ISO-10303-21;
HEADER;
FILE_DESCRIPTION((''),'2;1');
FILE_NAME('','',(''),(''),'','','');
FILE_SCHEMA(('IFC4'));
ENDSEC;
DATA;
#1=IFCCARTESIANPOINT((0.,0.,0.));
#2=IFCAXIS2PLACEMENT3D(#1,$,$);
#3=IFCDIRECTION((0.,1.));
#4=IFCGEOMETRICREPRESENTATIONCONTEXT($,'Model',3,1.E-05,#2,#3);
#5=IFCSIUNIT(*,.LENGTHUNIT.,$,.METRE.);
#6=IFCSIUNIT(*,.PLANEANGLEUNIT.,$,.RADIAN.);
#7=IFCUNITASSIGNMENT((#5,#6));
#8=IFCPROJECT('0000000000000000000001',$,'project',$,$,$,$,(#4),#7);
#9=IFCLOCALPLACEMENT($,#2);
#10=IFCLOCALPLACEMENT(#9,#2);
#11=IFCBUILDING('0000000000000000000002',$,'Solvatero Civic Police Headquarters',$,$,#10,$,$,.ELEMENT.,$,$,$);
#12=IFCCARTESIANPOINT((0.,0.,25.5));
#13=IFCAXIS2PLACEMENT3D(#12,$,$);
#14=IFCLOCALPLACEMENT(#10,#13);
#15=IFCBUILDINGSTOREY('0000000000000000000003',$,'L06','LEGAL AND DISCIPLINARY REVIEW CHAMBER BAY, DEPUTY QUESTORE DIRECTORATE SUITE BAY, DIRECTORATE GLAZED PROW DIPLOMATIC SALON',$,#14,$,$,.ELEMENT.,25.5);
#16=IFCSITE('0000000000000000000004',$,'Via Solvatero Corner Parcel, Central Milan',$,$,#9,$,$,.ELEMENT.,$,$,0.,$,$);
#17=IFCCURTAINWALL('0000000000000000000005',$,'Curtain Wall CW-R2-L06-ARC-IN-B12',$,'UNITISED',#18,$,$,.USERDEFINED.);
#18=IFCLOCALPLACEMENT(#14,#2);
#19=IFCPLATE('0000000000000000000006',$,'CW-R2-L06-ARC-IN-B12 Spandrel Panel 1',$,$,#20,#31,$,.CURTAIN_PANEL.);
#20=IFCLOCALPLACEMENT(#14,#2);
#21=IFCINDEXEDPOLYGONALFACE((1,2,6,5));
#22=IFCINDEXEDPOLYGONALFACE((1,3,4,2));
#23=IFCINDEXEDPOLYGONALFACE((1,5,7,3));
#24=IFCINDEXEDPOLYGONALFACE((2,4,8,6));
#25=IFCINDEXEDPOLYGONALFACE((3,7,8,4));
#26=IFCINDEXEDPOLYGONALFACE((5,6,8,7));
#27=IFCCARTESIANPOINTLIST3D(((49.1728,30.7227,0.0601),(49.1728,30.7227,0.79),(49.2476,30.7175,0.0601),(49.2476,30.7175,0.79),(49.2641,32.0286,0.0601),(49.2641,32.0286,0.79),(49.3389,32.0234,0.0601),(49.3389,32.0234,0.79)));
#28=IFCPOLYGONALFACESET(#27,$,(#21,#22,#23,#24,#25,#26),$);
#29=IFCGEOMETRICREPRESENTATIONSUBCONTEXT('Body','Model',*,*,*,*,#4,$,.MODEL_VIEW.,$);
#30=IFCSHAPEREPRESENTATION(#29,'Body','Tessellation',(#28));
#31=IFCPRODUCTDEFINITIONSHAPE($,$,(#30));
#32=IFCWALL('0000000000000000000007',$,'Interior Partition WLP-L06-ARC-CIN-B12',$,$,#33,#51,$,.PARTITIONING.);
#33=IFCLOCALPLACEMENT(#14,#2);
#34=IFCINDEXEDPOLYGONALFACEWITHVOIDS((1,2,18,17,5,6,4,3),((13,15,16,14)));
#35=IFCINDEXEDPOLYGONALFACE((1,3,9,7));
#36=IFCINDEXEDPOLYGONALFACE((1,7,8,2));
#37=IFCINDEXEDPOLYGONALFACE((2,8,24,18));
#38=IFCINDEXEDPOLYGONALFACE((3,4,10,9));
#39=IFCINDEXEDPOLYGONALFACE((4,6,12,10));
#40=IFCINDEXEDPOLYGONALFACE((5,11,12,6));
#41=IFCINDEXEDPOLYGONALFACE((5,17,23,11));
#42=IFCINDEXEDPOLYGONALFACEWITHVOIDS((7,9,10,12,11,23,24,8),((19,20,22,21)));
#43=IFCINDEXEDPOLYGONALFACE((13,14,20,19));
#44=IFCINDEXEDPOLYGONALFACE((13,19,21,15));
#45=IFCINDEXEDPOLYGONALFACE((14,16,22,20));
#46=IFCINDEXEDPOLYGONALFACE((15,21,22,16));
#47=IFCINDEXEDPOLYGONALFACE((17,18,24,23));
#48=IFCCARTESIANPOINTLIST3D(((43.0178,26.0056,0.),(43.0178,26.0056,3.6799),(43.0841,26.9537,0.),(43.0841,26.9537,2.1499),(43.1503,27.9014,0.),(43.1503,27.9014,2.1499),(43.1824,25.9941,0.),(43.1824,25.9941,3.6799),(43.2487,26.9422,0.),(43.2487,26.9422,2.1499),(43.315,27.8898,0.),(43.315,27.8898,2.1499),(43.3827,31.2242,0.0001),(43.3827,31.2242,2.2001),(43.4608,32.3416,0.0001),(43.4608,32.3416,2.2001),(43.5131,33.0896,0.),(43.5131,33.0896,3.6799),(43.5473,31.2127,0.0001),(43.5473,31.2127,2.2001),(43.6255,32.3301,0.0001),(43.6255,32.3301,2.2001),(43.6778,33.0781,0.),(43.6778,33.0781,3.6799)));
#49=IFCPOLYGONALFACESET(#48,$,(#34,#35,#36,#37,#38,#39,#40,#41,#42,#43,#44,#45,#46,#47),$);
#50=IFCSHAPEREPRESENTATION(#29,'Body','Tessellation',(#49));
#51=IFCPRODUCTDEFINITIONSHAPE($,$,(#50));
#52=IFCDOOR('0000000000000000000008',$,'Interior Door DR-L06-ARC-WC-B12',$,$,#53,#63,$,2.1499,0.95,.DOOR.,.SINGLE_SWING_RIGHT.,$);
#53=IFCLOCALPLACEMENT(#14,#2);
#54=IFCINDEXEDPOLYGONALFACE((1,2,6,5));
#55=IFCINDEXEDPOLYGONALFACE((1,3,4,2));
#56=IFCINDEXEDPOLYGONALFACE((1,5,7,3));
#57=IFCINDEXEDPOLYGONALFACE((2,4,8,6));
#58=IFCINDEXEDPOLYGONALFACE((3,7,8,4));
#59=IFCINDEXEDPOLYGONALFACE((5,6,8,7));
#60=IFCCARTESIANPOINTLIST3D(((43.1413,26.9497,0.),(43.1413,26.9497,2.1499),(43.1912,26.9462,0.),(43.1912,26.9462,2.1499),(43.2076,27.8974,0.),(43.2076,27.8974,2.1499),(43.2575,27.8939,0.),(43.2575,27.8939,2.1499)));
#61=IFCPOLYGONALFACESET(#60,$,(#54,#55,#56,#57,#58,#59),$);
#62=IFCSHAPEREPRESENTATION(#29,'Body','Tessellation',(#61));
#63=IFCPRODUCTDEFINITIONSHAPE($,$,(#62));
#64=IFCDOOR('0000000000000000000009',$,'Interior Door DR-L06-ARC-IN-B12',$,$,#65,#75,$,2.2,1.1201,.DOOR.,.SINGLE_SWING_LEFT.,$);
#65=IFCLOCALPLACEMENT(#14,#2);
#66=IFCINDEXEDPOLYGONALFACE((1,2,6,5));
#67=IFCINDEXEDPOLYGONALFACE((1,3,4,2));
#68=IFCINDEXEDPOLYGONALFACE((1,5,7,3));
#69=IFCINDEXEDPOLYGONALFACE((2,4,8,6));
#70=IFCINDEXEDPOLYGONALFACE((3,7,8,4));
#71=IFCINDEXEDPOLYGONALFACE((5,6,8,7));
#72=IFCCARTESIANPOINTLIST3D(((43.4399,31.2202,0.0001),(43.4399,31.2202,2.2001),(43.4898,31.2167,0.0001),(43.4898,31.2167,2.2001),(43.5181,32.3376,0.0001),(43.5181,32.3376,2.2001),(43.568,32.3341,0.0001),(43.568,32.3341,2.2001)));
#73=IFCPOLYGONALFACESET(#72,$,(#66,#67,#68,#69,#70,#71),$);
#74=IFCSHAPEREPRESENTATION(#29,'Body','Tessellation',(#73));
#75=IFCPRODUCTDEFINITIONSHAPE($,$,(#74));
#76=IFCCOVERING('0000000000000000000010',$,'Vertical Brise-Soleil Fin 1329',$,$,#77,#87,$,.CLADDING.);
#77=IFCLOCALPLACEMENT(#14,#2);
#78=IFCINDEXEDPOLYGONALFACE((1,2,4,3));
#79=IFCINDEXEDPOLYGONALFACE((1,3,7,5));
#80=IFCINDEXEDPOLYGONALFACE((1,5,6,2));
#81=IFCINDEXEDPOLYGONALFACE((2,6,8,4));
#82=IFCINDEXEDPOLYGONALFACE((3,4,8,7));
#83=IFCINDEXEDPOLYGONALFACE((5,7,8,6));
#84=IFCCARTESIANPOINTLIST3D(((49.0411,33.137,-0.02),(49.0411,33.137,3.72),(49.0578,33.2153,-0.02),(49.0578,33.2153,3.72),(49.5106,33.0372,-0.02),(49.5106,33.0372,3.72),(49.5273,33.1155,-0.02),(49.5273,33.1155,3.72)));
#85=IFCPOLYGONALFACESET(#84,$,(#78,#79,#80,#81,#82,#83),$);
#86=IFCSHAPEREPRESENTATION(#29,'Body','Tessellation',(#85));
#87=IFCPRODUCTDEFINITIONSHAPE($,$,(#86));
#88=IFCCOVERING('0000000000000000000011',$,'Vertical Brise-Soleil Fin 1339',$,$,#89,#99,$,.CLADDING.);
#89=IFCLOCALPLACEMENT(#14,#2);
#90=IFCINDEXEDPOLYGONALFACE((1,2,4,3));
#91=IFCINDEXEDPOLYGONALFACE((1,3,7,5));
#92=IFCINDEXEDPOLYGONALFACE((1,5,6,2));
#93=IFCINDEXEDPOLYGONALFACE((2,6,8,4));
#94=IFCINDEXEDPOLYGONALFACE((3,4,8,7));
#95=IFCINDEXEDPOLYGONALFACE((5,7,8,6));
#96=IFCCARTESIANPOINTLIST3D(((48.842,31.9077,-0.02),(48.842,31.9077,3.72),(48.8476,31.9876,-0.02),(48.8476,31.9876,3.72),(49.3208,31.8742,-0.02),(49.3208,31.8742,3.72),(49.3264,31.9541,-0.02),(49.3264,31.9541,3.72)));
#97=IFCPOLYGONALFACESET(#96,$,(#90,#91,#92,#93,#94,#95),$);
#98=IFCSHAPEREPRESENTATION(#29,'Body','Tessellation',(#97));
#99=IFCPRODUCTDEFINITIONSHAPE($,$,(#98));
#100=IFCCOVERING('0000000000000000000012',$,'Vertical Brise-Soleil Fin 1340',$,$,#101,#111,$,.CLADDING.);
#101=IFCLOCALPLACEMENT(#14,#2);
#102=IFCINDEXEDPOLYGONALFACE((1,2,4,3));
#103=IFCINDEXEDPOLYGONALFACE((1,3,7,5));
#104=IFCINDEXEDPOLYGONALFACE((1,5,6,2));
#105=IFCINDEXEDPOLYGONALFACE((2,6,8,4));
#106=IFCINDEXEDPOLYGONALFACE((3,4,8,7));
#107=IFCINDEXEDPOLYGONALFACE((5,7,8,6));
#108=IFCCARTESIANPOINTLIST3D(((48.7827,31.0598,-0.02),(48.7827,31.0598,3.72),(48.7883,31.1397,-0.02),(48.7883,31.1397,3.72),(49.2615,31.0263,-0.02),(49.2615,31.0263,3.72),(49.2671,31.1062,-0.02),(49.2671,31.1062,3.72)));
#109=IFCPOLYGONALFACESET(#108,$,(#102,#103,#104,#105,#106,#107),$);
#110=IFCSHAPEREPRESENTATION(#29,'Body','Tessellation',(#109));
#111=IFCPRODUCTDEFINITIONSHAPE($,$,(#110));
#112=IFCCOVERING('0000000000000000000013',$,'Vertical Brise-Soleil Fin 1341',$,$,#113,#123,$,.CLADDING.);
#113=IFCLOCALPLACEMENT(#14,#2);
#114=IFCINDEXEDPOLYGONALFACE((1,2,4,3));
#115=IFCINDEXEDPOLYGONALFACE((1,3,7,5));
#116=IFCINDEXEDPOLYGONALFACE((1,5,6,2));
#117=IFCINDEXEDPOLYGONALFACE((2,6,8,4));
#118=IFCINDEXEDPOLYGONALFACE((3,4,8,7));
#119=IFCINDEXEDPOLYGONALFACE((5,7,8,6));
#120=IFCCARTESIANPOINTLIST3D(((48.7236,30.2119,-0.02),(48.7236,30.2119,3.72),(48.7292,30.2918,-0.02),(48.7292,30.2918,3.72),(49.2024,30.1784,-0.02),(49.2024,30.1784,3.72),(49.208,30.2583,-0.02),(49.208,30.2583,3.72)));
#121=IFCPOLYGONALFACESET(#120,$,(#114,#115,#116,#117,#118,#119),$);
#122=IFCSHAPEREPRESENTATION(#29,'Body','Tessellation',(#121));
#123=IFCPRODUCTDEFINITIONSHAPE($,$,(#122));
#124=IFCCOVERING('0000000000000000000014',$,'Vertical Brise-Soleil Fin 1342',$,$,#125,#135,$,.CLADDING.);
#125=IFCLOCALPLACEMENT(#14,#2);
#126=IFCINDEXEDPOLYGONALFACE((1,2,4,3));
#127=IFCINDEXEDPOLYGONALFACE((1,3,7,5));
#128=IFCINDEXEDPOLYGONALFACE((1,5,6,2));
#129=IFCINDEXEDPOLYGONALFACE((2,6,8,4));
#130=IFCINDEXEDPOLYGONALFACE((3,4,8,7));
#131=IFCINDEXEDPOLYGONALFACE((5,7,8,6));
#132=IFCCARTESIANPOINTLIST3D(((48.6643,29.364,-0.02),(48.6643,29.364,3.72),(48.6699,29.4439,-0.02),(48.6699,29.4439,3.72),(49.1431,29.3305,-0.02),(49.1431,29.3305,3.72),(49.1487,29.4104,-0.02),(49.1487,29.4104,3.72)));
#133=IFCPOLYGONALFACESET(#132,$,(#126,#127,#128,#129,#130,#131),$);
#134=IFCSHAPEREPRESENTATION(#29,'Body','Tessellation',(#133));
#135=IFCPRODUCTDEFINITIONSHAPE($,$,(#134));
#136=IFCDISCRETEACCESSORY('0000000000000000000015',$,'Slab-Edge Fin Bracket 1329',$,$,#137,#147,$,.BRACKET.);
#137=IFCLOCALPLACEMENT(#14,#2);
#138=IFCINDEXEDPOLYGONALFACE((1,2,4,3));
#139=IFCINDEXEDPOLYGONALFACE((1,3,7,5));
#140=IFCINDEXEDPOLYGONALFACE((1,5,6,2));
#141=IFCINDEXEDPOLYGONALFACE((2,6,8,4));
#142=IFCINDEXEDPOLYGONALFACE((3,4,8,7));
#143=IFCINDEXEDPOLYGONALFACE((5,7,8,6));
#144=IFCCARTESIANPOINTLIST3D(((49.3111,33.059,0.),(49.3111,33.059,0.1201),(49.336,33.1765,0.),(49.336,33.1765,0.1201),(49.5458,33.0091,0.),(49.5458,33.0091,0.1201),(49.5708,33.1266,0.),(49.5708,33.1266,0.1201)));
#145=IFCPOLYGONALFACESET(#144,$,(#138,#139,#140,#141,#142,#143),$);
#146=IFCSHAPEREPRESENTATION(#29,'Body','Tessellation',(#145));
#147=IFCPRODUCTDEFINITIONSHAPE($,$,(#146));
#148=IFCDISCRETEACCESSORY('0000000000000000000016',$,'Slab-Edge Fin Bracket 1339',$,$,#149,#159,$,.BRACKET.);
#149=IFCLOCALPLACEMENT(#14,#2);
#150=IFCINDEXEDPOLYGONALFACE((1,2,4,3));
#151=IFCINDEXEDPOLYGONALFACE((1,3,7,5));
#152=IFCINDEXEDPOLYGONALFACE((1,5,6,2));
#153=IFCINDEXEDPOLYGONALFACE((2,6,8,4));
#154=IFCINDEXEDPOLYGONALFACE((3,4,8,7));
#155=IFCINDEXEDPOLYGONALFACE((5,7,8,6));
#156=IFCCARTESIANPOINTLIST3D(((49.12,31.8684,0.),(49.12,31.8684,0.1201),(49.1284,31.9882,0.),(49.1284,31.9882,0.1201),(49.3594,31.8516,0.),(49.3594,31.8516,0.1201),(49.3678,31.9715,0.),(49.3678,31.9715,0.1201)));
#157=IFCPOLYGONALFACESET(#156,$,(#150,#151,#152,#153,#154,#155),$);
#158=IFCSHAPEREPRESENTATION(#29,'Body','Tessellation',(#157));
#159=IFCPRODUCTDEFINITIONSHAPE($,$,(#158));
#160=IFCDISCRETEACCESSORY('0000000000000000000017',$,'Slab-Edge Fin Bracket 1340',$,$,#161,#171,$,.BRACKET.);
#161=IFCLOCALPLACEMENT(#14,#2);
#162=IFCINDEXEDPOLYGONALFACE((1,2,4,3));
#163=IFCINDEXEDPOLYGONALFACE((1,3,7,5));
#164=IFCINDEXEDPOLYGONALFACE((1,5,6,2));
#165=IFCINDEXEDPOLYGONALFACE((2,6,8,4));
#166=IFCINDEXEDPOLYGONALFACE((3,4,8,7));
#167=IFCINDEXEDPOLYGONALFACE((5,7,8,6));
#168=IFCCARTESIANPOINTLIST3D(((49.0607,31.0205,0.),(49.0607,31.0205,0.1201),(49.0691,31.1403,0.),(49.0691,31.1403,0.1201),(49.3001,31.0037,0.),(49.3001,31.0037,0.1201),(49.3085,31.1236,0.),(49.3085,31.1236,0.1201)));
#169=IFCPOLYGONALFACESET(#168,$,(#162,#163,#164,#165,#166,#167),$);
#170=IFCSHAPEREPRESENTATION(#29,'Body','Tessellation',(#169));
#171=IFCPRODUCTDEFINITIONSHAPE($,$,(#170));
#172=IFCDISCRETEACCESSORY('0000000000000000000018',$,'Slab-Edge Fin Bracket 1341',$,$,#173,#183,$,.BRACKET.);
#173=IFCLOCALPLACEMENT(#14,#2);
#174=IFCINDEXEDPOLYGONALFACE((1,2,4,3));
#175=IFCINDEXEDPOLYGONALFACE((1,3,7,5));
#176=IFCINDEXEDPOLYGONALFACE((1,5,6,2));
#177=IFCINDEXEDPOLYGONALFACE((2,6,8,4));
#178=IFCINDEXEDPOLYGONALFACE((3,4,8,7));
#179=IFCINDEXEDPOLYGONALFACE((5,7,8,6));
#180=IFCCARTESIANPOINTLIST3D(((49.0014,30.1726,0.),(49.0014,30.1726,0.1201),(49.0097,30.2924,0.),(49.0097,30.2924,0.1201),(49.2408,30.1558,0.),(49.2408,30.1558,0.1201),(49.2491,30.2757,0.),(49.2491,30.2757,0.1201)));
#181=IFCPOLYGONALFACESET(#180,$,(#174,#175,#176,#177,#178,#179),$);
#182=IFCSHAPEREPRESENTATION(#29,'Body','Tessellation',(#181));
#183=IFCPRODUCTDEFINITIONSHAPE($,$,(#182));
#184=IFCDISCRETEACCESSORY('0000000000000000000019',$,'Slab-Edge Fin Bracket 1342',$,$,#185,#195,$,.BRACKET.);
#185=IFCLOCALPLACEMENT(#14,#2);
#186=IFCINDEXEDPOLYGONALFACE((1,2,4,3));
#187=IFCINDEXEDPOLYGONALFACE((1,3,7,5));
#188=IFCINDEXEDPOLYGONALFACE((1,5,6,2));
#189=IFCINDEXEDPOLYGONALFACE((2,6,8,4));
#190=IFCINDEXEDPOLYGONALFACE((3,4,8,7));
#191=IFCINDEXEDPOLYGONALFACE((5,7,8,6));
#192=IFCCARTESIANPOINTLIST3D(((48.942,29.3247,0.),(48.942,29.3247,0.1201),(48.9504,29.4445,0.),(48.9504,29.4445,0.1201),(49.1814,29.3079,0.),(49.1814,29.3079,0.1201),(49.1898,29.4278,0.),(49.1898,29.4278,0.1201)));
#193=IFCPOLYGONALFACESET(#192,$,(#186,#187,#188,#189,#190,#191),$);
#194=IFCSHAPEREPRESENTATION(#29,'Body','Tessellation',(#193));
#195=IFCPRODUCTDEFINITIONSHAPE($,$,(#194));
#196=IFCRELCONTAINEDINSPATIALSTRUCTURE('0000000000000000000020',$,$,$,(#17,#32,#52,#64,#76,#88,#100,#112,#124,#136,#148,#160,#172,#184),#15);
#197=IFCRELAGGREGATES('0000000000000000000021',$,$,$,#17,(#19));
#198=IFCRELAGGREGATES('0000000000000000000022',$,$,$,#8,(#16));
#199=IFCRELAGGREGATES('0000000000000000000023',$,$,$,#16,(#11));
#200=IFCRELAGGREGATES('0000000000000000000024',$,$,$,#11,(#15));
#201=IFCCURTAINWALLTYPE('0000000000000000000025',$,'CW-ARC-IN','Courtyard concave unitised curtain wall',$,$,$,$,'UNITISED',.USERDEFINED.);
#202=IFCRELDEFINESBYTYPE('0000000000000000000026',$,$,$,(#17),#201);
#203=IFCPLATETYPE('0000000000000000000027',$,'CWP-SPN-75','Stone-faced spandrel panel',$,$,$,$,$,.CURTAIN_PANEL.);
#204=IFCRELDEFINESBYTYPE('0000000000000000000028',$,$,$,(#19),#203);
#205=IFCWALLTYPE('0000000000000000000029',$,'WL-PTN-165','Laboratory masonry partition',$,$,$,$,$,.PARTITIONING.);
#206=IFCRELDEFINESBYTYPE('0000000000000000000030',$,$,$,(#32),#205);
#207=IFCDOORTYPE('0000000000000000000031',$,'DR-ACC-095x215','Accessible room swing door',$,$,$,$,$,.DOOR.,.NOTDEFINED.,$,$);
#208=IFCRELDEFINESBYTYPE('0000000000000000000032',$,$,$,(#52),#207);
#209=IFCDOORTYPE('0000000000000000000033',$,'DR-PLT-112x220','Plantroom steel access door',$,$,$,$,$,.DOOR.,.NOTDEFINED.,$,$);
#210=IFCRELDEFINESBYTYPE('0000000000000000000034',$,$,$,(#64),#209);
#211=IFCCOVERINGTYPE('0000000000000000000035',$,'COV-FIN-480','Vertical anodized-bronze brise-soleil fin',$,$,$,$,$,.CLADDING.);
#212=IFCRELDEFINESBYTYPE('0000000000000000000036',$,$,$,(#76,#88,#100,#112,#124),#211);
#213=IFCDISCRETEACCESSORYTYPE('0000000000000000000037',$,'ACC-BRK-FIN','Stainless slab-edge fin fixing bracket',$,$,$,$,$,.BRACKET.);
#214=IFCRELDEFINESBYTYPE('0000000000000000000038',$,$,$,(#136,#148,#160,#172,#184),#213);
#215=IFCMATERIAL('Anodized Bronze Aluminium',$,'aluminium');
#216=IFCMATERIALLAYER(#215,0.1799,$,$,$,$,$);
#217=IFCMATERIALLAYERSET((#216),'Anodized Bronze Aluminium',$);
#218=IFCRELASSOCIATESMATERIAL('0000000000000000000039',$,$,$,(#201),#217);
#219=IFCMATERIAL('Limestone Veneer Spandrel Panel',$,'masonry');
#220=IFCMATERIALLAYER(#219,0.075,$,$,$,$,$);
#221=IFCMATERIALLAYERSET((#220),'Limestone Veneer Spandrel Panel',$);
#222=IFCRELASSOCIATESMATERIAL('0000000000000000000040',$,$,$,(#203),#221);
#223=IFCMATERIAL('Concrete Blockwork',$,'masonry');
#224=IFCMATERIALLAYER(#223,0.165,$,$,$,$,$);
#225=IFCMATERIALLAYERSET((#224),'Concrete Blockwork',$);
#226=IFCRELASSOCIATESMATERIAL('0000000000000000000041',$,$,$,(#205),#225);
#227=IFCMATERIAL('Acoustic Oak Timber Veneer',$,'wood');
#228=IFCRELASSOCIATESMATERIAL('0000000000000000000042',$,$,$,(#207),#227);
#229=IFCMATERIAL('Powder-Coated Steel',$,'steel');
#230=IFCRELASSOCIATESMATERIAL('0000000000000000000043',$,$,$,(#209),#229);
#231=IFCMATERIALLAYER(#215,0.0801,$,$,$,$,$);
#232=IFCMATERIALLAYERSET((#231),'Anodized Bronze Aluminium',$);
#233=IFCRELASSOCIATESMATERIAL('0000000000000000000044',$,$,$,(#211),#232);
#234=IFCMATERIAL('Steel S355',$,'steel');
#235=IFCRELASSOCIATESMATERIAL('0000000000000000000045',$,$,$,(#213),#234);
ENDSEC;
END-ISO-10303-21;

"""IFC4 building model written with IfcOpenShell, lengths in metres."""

from ifc_helpers import new_model, si_unit, direction, frame, frame_2d, origin, origin_2d, place, context, subcontext, project, spatial, rectangle, extrude, material, layer, layer_set, type_object, element, fill, aggregate, save


model = new_model("IFC4")

# Units and contexts
model_context = context("Model", 3, precision=1e-05, world=origin(), true_north=direction((0.0, 1.0)))
body_context = subcontext(model_context, "Body", "Model", "MODEL_VIEW")
ifc_project = project(units=[si_unit("LENGTHUNIT", "METRE"), si_unit("PLANEANGLEUNIT", "RADIAN")], contexts=[model_context])

# Site, building, storey
site_placement = place(None, origin())
site = spatial("IfcSite", under=ifc_project, at=site_placement, Name="Via Solvatero Corner Parcel, Central Milan", CompositionType="ELEMENT", RefElevation=0.0)
building_placement = place(site_placement, origin())
building = spatial("IfcBuilding", under=site, at=building_placement, Name="Solvatero Civic Police Headquarters", CompositionType="ELEMENT")
storey_placement = place(building_placement, frame((0.0, 0.0, 25.5)))
storey = spatial("IfcBuildingStorey", under=building, at=storey_placement, Name="L06", Description="LEGAL AND DISCIPLINARY REVIEW CHAMBER BAY, DEPUTY QUESTORE DIRECTORATE SUITE BAY, DIRECTORATE GLAZED PROW DIPLOMATIC SALON", CompositionType="ELEMENT", Elevation=25.5)

# Shared definitions
ifc_material_1 = material(Name="Steel S355", Category="steel")

# Shared definitions
ifc_material_2 = material(Name="Anodized Bronze Aluminium", Category="aluminium")
ifc_layer_1 = layer(ifc_material_2, 0.1799)
ifc_layer_set_1 = layer_set([ifc_layer_1], Name="Anodized Bronze Aluminium")
curtain_wall_type = type_object("IfcCurtainWallType", Name="CW-ARC-IN", Description="Courtyard concave unitised curtain wall", ElementType="UNITISED", PredefinedType="USERDEFINED", material=ifc_layer_set_1)

# Curtain wall, plate
curtain_wall_1_placement = place(storey_placement, origin())
curtain_wall_1 = element("IfcCurtainWall", 1, at=curtain_wall_1_placement, inside=storey, type_object=curtain_wall_type, Name="Curtain Wall CW-R2-L06-ARC-IN-B12", ObjectType="UNITISED", PredefinedType="USERDEFINED")
ifc_material_3 = material(Name="Limestone Veneer Spandrel Panel", Category="masonry")
ifc_layer_2 = layer(ifc_material_3, 0.075)
ifc_layer_set_2 = layer_set([ifc_layer_2], Name="Limestone Veneer Spandrel Panel")
plate_type_1 = type_object("IfcPlateType", Name="CWP-SPN-75", Description="Stone-faced spandrel panel", PredefinedType="CURTAIN_PANEL", material=ifc_layer_set_2)
plate_1_placement = place(storey_placement, frame((49.2559, 31.373, 0.0601), z_axis=(0.0, 0.0, 1.0), x_axis=(-0.069774, -0.997563, 0.0)))
plate_1 = element("IfcPlate", 2, at=plate_1_placement, type_object=plate_type_1, Name="CW-R2-L06-ARC-IN-B12 Spandrel Panel 1", PredefinedType="CURTAIN_PANEL", context=body_context, shape_type="SweptSolid", body=[
    extrude(rectangle(XDim=1.3091, YDim=0.075, at=origin_2d()), origin(), (0.0, 0.0, 1.0), 0.73),
])
aggregate(curtain_wall_1, [plate_1])

# Wall, openings, doors
ifc_material_4 = material(Name="Concrete Blockwork", Category="masonry")
ifc_layer_3 = layer(ifc_material_4, 0.165)
ifc_layer_set_3 = layer_set([ifc_layer_3], Name="Concrete Blockwork")
wall_type = type_object("IfcWallType", Name="WL-PTN-165", Description="Laboratory masonry partition", PredefinedType="PARTITIONING", material=ifc_layer_set_3)
wall_placement = place(storey_placement, frame((43.5955, 33.084, 0.0), z_axis=(0.0, 0.0, 1.0), x_axis=(-0.069757, -0.997564, 0.0)))
wall = element("IfcWall", 3, at=wall_placement, inside=storey, type_object=wall_type, Name="Interior Partition WLP-L06-ARC-CIN-B12", PredefinedType="PARTITIONING", context=body_context, shape_type="SweptSolid", body=[
    extrude(rectangle(XDim=7.1013, YDim=0.165, at=frame_2d((3.5508, 0.0))), origin(), (0.0, 0.0, 1.0), 3.6799),
])
opening_1_placement = place(wall_placement, frame((5.2009, 0.0, 0.0)))
opening_1 = element("IfcOpeningElement", 4, at=opening_1_placement, cuts=wall, PredefinedType="OPENING", context=body_context, shape_type="SweptSolid", body=[
    extrude(rectangle(XDim=0.95, YDim=2.1499, at=frame_2d((0.4751, 1.075))), frame((0.0, 0.0925, 0.0), z_axis=(0.0, -1.0, 0.0), x_axis=(1.0, 0.0, 0.0)), (0.0, 0.0, 1.0), 0.1851),
])
opening_2_placement = place(wall_placement, frame((0.75, 0.0, 0.0)))
opening_2 = element("IfcOpeningElement", 5, at=opening_2_placement, cuts=wall, PredefinedType="OPENING", context=body_context, shape_type="SweptSolid", body=[
    extrude(rectangle(XDim=1.1201, YDim=2.2, at=frame_2d((0.5601, 1.1001))), frame((0.0, 0.0925, 0.0), z_axis=(0.0, -1.0, 0.0), x_axis=(1.0, 0.0, 0.0)), (0.0, 0.0, 1.0), 0.1851),
])
ifc_material_5 = material(Name="Acoustic Oak Timber Veneer", Category="wood")
door_type_1 = type_object("IfcDoorType", Name="DR-ACC-095x215", Description="Accessible room swing door", OperationType="NOTDEFINED", PredefinedType="DOOR", material=ifc_material_5)
door_1_placement = place(opening_1_placement, origin())
door_1 = element("IfcDoor", 6, at=door_1_placement, inside=storey, type_object=door_type_1, Name="Interior Door DR-L06-ARC-WC-B12", OperationType="SINGLE_SWING_RIGHT", OverallHeight=2.1499, OverallWidth=0.95, PredefinedType="DOOR", context=body_context, shape_type="SweptSolid", body=[
    extrude(rectangle(XDim=0.95, YDim=2.1499, at=frame_2d((0.4751, 1.075))), frame((0.0, 0.0249, 0.0), z_axis=(0.0, -1.0, 0.0), x_axis=(1.0, 0.0, 0.0)), (0.0, 0.0, 1.0), 0.05),
])
fill(opening_1, door_1)
ifc_material_6 = material(Name="Powder-Coated Steel", Category="steel")
door_type_2 = type_object("IfcDoorType", Name="DR-PLT-112x220", Description="Plantroom steel access door", OperationType="NOTDEFINED", PredefinedType="DOOR", material=ifc_material_6)
door_2_placement = place(opening_2_placement, origin())
door_2 = element("IfcDoor", 7, at=door_2_placement, inside=storey, type_object=door_type_2, Name="Interior Door DR-L06-ARC-IN-B12", OperationType="SINGLE_SWING_LEFT", OverallHeight=2.2, OverallWidth=1.1201, PredefinedType="DOOR", context=body_context, shape_type="SweptSolid", body=[
    extrude(rectangle(XDim=1.1201, YDim=2.2, at=frame_2d((0.5601, 1.1001))), frame((0.0, 0.0249, 0.0), z_axis=(0.0, -1.0, 0.0), x_axis=(1.0, 0.0, 0.0)), (0.0, 0.0, 1.0), 0.05),
])
fill(opening_2, door_2)

# Coverings
ifc_layer_4 = layer(ifc_material_2, 0.0801)
ifc_layer_set_4 = layer_set([ifc_layer_4], Name="Anodized Bronze Aluminium")
covering_type = type_object("IfcCoveringType", Name="COV-FIN-480", Description="Vertical anodized-bronze brise-soleil fin", PredefinedType="CLADDING", material=ifc_layer_set_4)
for number, where, z_axis, x_axis, name in (
    (8, (49.2842, 33.1262, -0.02), (0.0, 0.0, 1.0), (-0.207912, -0.978148, 0.0), "Vertical Brise-Soleil Fin 1329"),
    (9, (49.0842, 31.9309, -0.02), (0.0, 0.0, 1.0), (-0.069774, -0.997563, 0.0), "Vertical Brise-Soleil Fin 1339"),
    (10, (49.0249, 31.083, -0.02), (0.0, 0.0, 1.0), (-0.069774, -0.997563, 0.0), "Vertical Brise-Soleil Fin 1340"),
    (11, (48.9658, 30.2351, -0.02), (0.0, 0.0, 1.0), (-0.069774, -0.997563, 0.0), "Vertical Brise-Soleil Fin 1341"),
    (12, (48.9065, 29.3872, -0.02), (0.0, 0.0, 1.0), (-0.069774, -0.997563, 0.0), "Vertical Brise-Soleil Fin 1342"),
):
    element("IfcCovering", number, at=place(storey_placement, frame(where, z_axis=z_axis, x_axis=x_axis)), inside=storey, type_object=covering_type, Name=name, PredefinedType="CLADDING", context=body_context, shape_type="SweptSolid", body=[
        extrude(rectangle(XDim=0.0801, YDim=0.48, at=origin_2d()), origin(), (0.0, 0.0, 1.0), 3.74),
    ])

# Discrete accessories
discrete_accessory_type = type_object("IfcDiscreteAccessoryType", Name="ACC-BRK-FIN", Description="Stainless slab-edge fin fixing bracket", PredefinedType="BRACKET", material=ifc_material_1)
for number, where, z_axis, x_axis, name in (
    (13, (49.4409, 33.0928, 0.0), (0.0, 0.0, 1.0), (-0.207912, -0.978148, 0.0), "Slab-Edge Fin Bracket 1329"),
    (14, (49.2439, 31.9199, 0.0), (0.0, 0.0, 1.0), (-0.069774, -0.997563, 0.0), "Slab-Edge Fin Bracket 1339"),
    (15, (49.1846, 31.072, 0.0), (0.0, 0.0, 1.0), (-0.069774, -0.997563, 0.0), "Slab-Edge Fin Bracket 1340"),
    (16, (49.1252, 30.2241, 0.0), (0.0, 0.0, 1.0), (-0.069774, -0.997563, 0.0), "Slab-Edge Fin Bracket 1341"),
    (17, (49.0659, 29.3762, 0.0), (0.0, 0.0, 1.0), (-0.069774, -0.997563, 0.0), "Slab-Edge Fin Bracket 1342"),
):
    element("IfcDiscreteAccessory", number, at=place(storey_placement, frame(where, z_axis=z_axis, x_axis=x_axis)), inside=storey, type_object=discrete_accessory_type, Name=name, PredefinedType="BRACKET", context=body_context, shape_type="SweptSolid", body=[
        extrude(rectangle(XDim=0.1201, YDim=0.24, at=origin_2d()), origin(), (0.0, 0.0, 1.0), 0.1201),
    ])

save(model, "model.ifc")
